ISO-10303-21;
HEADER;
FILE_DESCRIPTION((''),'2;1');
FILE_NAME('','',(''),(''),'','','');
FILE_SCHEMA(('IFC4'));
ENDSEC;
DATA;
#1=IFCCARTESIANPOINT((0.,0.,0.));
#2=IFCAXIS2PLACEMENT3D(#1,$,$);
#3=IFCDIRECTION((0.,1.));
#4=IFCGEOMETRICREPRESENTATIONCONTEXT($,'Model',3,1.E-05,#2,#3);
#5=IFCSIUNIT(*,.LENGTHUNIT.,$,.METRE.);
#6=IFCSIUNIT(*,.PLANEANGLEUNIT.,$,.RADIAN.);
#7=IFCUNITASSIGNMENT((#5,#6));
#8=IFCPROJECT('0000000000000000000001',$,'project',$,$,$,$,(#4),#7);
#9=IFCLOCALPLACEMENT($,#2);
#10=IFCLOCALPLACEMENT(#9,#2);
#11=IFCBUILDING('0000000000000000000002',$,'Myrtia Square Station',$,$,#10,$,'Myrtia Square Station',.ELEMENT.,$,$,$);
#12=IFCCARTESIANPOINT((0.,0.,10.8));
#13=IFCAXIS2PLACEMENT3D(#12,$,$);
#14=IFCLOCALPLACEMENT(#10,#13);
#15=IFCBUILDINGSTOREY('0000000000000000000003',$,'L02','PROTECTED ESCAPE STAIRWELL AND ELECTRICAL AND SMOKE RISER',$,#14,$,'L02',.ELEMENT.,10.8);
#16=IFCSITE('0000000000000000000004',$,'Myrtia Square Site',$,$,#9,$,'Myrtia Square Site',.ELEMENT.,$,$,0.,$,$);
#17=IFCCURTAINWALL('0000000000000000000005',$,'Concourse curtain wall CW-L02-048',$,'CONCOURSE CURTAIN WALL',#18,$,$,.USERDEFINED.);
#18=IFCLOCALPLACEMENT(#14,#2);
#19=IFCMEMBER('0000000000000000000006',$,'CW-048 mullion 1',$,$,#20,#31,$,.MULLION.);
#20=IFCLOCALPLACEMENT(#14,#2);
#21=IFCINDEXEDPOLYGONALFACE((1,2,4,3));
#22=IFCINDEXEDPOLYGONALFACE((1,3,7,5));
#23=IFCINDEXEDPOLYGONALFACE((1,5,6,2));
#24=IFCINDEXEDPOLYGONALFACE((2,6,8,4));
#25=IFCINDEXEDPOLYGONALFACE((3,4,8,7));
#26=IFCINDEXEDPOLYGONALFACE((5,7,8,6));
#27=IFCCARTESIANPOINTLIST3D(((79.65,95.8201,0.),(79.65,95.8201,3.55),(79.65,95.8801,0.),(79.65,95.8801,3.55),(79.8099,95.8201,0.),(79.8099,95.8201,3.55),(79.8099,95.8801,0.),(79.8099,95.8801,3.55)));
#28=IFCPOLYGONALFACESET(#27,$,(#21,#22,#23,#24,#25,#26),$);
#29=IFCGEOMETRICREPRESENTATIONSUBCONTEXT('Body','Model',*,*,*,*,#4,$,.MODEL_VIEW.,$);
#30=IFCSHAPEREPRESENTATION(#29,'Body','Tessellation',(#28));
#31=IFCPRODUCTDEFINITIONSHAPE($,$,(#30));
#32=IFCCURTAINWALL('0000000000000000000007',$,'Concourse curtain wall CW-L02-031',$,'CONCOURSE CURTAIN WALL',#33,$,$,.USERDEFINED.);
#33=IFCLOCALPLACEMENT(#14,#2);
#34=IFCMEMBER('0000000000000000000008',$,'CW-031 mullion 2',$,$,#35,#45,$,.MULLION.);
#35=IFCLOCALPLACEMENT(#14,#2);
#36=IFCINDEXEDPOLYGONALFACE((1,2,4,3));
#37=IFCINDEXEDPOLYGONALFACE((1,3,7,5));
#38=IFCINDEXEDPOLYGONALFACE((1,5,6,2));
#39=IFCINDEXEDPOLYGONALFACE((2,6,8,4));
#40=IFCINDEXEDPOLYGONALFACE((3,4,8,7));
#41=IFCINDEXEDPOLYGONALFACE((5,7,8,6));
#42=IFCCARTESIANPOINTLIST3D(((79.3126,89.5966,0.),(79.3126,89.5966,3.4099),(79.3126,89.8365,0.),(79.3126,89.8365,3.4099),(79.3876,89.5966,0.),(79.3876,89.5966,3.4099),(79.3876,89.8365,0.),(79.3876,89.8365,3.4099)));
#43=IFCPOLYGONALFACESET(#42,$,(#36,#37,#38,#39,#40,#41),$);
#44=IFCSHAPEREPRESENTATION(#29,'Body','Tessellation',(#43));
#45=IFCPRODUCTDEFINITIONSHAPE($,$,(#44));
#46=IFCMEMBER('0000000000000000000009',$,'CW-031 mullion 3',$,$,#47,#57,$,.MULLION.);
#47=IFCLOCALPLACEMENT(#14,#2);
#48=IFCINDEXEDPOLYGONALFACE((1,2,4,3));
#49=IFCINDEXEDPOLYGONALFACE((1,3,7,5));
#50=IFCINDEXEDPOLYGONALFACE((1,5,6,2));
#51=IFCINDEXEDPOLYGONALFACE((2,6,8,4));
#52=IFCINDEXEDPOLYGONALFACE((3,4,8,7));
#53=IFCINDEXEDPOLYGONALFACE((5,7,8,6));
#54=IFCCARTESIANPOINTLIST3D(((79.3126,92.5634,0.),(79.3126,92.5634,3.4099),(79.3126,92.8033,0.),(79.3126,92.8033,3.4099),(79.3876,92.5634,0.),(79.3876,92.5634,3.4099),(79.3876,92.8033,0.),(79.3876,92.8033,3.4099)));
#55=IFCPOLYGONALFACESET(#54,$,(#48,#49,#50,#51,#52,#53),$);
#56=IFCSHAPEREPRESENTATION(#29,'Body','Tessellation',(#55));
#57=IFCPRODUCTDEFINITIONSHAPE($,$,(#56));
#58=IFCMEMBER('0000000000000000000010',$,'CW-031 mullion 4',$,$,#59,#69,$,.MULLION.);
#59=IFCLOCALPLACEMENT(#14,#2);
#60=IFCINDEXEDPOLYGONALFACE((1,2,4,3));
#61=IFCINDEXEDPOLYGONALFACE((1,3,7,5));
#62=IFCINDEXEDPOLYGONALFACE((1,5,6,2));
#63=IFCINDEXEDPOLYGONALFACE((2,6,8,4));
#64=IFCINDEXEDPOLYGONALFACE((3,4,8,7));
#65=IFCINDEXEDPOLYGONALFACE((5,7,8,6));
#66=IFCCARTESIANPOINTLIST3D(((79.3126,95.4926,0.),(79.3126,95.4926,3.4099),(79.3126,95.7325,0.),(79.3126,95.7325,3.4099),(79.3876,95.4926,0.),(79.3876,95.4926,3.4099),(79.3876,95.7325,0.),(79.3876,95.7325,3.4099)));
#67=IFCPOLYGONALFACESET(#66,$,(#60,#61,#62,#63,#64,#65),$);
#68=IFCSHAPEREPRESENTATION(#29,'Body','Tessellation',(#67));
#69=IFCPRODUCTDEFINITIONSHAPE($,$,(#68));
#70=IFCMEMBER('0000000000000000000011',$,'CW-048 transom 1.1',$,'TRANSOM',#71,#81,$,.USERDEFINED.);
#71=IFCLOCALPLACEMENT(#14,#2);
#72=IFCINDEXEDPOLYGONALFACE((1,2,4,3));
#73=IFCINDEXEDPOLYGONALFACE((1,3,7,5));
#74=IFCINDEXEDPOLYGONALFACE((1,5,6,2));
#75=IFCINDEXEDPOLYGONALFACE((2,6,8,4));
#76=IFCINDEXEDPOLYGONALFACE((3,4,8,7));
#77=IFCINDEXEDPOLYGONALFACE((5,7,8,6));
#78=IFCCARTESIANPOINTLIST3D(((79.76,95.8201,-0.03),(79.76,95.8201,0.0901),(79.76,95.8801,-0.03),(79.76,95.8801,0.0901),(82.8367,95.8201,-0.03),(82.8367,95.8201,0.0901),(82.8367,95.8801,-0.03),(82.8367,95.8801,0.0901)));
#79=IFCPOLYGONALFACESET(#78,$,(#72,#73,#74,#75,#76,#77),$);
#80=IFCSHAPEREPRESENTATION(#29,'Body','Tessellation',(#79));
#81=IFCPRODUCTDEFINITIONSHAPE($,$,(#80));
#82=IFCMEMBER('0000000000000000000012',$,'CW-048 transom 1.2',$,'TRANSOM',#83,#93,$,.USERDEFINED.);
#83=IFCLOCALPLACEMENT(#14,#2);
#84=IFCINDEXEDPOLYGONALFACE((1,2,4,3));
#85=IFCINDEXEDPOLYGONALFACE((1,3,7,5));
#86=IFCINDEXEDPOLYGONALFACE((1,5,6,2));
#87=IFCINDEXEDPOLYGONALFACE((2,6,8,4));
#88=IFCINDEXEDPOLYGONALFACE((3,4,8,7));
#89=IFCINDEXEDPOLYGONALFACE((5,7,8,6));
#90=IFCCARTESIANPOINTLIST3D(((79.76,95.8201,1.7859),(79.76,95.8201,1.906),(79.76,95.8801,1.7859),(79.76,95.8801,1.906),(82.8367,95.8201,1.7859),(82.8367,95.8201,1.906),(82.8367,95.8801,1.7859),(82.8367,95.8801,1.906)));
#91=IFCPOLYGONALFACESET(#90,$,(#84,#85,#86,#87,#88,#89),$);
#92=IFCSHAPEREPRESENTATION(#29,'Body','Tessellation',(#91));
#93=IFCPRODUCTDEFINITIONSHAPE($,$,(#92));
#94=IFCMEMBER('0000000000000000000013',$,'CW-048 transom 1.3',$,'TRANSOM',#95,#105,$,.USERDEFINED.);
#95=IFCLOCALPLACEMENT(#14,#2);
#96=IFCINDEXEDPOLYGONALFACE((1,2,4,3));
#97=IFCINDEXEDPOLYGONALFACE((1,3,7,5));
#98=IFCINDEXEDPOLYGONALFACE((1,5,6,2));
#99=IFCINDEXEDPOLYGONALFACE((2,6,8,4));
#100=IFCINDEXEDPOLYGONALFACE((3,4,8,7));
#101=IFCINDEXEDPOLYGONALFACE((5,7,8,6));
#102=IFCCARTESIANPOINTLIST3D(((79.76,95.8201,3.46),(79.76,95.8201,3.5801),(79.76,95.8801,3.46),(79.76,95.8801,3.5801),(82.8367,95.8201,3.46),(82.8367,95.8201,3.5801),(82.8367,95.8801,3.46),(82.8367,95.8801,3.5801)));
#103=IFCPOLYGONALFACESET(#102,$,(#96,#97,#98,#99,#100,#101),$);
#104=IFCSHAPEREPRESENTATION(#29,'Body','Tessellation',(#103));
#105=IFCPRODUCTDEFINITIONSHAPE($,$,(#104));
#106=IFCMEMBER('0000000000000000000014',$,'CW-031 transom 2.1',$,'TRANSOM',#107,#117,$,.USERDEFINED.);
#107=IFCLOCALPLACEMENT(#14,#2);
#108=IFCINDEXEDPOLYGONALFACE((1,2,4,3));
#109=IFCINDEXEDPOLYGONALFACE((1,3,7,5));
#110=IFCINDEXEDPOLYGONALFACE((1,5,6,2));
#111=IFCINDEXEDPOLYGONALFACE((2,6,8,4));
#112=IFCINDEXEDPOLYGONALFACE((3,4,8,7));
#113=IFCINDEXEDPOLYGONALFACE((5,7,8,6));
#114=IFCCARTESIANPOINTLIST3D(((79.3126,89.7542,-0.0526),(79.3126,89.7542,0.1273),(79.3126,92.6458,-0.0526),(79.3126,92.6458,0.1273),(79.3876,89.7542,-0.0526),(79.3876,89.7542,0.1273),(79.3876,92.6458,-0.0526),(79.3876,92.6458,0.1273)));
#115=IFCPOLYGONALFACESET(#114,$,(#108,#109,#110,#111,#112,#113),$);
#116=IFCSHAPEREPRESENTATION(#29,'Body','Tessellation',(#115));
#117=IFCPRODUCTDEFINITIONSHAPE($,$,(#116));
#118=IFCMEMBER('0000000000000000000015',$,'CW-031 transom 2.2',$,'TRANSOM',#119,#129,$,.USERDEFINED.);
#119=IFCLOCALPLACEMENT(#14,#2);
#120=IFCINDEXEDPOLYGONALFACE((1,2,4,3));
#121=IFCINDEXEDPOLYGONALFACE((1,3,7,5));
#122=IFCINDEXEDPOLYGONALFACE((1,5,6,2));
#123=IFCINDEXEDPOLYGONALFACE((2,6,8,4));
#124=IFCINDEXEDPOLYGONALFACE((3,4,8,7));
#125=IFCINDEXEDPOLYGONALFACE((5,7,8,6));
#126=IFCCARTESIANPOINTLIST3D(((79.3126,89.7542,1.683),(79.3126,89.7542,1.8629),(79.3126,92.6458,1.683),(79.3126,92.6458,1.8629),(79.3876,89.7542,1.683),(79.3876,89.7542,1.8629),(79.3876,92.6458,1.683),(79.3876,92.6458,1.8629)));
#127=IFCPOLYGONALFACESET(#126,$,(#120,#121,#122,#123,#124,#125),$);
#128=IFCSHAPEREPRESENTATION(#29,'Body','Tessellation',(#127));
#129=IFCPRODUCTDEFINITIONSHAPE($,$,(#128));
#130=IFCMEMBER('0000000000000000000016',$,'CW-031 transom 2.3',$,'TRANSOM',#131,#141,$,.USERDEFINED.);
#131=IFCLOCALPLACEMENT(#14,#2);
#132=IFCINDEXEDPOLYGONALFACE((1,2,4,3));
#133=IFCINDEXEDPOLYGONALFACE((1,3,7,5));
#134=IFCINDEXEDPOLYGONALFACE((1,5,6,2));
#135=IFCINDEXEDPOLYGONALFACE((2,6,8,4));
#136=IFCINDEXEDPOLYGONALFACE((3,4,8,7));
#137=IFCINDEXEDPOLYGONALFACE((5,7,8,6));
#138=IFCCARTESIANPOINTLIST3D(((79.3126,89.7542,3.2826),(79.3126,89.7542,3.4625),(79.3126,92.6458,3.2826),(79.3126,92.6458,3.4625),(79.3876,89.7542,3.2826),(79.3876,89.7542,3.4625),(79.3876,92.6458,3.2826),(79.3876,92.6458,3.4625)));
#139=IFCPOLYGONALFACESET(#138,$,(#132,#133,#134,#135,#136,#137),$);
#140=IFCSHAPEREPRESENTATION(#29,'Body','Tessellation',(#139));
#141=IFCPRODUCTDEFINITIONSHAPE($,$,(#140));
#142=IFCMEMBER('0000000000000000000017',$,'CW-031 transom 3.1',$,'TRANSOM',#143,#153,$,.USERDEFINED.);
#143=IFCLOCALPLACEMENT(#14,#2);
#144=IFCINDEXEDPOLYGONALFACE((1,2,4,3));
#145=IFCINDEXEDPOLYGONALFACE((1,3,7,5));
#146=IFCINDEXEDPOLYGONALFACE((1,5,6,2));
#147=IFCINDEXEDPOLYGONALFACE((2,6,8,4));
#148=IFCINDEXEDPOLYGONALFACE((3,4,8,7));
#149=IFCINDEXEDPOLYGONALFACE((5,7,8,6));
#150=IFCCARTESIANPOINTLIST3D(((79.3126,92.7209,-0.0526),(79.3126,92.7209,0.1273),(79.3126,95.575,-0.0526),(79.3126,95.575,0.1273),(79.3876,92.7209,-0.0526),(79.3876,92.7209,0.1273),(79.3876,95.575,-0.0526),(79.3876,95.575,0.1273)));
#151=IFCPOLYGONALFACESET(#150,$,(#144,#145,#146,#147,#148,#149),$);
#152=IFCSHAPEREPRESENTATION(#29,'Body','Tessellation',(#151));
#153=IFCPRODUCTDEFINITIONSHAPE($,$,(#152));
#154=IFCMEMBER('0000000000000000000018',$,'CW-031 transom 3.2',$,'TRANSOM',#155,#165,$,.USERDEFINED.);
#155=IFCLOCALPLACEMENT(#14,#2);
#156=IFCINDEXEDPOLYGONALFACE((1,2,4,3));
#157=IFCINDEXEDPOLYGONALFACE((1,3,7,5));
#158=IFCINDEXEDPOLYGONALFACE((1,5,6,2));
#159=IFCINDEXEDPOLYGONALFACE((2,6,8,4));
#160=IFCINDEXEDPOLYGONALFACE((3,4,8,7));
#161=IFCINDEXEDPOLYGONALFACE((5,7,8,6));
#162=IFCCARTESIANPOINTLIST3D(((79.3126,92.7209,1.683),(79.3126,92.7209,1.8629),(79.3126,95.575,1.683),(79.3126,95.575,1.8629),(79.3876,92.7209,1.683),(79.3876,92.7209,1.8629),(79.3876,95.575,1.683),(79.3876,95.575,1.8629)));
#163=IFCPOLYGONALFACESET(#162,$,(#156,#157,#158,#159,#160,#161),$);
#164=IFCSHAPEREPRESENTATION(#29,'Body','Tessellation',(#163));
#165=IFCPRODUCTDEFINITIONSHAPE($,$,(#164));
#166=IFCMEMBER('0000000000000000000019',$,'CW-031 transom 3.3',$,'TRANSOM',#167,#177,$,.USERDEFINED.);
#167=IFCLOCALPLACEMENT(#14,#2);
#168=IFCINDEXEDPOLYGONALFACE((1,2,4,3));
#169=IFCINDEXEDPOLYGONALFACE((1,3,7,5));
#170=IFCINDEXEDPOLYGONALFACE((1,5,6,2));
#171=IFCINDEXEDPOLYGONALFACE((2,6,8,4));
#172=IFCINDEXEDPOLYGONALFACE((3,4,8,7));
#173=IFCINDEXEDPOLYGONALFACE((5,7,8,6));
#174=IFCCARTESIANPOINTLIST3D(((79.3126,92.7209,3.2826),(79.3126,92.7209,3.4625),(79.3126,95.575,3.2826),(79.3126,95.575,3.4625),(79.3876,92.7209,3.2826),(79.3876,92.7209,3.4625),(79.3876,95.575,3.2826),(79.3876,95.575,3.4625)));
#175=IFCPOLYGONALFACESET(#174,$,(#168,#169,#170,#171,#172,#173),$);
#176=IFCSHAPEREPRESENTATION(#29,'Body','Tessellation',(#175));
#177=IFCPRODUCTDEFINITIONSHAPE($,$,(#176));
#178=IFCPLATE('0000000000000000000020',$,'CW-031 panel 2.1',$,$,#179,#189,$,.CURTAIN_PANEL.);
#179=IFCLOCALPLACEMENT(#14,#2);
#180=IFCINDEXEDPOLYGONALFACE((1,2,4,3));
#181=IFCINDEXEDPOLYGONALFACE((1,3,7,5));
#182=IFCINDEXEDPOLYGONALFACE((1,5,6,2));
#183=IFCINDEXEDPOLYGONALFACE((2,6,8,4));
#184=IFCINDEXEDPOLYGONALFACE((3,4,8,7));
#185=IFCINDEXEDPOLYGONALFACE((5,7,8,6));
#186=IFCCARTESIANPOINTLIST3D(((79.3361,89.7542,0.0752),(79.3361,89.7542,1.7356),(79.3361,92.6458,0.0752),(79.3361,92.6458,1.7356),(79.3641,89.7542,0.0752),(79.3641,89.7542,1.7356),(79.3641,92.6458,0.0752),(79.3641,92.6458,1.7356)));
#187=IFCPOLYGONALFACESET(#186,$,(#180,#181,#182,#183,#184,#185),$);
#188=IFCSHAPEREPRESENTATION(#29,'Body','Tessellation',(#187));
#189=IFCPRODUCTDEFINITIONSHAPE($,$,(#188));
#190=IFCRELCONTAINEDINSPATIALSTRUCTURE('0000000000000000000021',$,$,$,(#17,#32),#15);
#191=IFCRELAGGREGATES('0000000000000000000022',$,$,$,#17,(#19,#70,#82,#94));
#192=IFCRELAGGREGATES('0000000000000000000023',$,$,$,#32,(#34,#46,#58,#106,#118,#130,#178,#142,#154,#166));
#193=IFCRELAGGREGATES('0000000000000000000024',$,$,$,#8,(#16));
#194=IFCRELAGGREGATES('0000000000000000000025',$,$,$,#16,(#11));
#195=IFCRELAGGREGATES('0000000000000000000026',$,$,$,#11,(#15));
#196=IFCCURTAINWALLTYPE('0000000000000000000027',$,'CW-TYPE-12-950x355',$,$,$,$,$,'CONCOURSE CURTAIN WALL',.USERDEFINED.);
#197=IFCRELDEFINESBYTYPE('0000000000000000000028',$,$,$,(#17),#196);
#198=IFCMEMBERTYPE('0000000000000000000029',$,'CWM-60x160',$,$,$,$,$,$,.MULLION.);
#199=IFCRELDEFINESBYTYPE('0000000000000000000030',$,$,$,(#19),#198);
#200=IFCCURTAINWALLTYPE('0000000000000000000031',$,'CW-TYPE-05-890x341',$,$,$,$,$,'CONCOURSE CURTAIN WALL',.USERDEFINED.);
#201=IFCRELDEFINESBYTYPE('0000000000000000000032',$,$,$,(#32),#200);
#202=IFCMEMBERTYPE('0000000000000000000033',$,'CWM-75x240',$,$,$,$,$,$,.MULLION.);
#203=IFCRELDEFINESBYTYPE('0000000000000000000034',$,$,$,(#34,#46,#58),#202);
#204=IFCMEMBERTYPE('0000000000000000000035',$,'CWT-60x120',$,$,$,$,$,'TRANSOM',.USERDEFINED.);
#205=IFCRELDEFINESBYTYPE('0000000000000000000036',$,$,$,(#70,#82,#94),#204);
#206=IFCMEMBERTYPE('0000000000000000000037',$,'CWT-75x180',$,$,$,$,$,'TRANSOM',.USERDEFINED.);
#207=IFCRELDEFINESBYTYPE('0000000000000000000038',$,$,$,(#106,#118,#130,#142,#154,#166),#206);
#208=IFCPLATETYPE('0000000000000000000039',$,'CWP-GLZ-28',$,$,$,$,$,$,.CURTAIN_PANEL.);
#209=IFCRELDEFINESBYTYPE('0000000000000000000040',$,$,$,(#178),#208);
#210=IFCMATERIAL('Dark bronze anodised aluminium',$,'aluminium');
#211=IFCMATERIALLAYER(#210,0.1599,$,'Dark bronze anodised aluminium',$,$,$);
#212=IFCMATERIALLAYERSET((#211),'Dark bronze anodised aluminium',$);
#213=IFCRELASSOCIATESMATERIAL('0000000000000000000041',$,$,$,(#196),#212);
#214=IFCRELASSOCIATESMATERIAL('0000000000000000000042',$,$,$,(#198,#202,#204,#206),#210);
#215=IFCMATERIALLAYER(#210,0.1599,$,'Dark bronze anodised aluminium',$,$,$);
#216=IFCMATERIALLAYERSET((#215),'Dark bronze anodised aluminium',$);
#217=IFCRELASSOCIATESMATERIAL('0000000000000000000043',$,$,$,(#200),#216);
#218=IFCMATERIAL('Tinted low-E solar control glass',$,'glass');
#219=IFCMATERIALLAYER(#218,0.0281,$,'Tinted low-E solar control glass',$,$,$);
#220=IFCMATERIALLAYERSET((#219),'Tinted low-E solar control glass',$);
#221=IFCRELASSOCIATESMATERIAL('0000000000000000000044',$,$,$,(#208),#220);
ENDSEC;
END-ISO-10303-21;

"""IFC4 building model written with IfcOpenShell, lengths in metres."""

from ifc_helpers import new_model, si_unit, direction, frame, origin, origin_2d, place, context, subcontext, project, spatial, rectangle, extrude, material, layer, layer_set, material_profile, profile_set, type_object, element, aggregate, save


model = new_model("IFC4")

# Units and contexts
model_context = context("Model", 3, precision=1e-05, world=origin(), true_north=direction((0.0, 1.0)))
body_context = subcontext(model_context, "Body", "Model", "MODEL_VIEW")
ifc_project = project(units=[si_unit("LENGTHUNIT", "METRE"), si_unit("PLANEANGLEUNIT", "RADIAN")], contexts=[model_context])

# Site, building, storey
site_placement = place(None, origin())
site = spatial("IfcSite", under=ifc_project, at=site_placement, Name="Myrtia Square Site", LongName="Myrtia Square Site", CompositionType="ELEMENT", RefElevation=0.0)
building_placement = place(site_placement, origin())
building = spatial("IfcBuilding", under=site, at=building_placement, Name="Myrtia Square Station", LongName="Myrtia Square Station", CompositionType="ELEMENT")
storey_placement = place(building_placement, frame((0.0, 0.0, 10.8)))
storey = spatial("IfcBuildingStorey", under=building, at=storey_placement, Name="L02", Description="PROTECTED ESCAPE STAIRWELL AND ELECTRICAL AND SMOKE RISER", LongName="L02", CompositionType="ELEMENT", Elevation=10.8)

# Curtain wall, member
ifc_material_1 = material(Name="Dark bronze anodised aluminium", Category="aluminium")
ifc_layer_1 = layer(ifc_material_1, 0.1599, Name="Dark bronze anodised aluminium")
ifc_layer_set_1 = layer_set([ifc_layer_1], Name="Dark bronze anodised aluminium")
curtain_wall_type_1 = type_object("IfcCurtainWallType", Name="CW-TYPE-12-950x355", ElementType="CONCOURSE CURTAIN WALL", PredefinedType="USERDEFINED", material=ifc_layer_set_1)
curtain_wall_1_placement = place(storey_placement, origin())
curtain_wall_1 = element("IfcCurtainWall", 1, at=curtain_wall_1_placement, inside=storey, type_object=curtain_wall_type_1, Name="Concourse curtain wall CW-L02-048", ObjectType="CONCOURSE CURTAIN WALL", PredefinedType="USERDEFINED")
ifc_material_profile_1 = material_profile(ifc_material_1, rectangle(XDim=0.0601, YDim=0.1599, at=origin_2d()), Name="ALU-M 60x160")
ifc_profile_set_1 = profile_set([ifc_material_profile_1], Name="Dark bronze anodised aluminium")
member_type_1 = type_object("IfcMemberType", Name="CWM-60x160", PredefinedType="MULLION", material=ifc_profile_set_1)
member_1_placement = place(storey_placement, frame((79.73, 95.8501, 0.0), z_axis=(0.0, 0.0, 1.0), x_axis=(0.0, 1.0, 0.0)))
member_1 = element("IfcMember", 2, at=member_1_placement, type_object=member_type_1, Name="CW-048 mullion 1", PredefinedType="MULLION", context=body_context, shape_type="SweptSolid", body=[
    extrude(rectangle(XDim=0.0601, YDim=0.1599, at=origin_2d()), origin(), (0.0, 0.0, 1.0), 3.55),
])

# Curtain wall, members
ifc_layer_2 = layer(ifc_material_1, 0.1599, Name="Dark bronze anodised aluminium")
ifc_layer_set_2 = layer_set([ifc_layer_2], Name="Dark bronze anodised aluminium")
curtain_wall_type_2 = type_object("IfcCurtainWallType", Name="CW-TYPE-05-890x341", ElementType="CONCOURSE CURTAIN WALL", PredefinedType="USERDEFINED", material=ifc_layer_set_2)
curtain_wall_2_placement = place(storey_placement, origin())
curtain_wall_2 = element("IfcCurtainWall", 3, at=curtain_wall_2_placement, inside=storey, type_object=curtain_wall_type_2, Name="Concourse curtain wall CW-L02-031", ObjectType="CONCOURSE CURTAIN WALL", PredefinedType="USERDEFINED")
ifc_material_profile_2 = material_profile(ifc_material_1, rectangle(XDim=0.075, YDim=0.24, at=origin_2d()), Name="ALU-M 75x240")
ifc_profile_set_2 = profile_set([ifc_material_profile_2], Name="Dark bronze anodised aluminium")
member_type_2 = type_object("IfcMemberType", Name="CWM-75x240", PredefinedType="MULLION", material=ifc_profile_set_2)
member_2_placement = place(storey_placement, frame((79.3501, 89.7166, 0.0), z_axis=(0.0, 0.0, 1.0), x_axis=(-1.0, 0.0, 0.0)))
member_2 = element("IfcMember", 4, at=member_2_placement, type_object=member_type_2, Name="CW-031 mullion 2", PredefinedType="MULLION", context=body_context, shape_type="SweptSolid", body=[
    extrude(rectangle(XDim=0.075, YDim=0.24, at=origin_2d()), origin(), (0.0, 0.0, 1.0), 3.4099),
])
member_3_placement = place(storey_placement, frame((79.3501, 92.6833, 0.0), z_axis=(0.0, 0.0, 1.0), x_axis=(-1.0, 0.0, 0.0)))
member_3 = element("IfcMember", 5, at=member_3_placement, type_object=member_type_2, Name="CW-031 mullion 3", PredefinedType="MULLION", context=body_context, shape_type="SweptSolid", body=[
    extrude(rectangle(XDim=0.075, YDim=0.24, at=origin_2d()), origin(), (0.0, 0.0, 1.0), 3.4099),
])
member_4_placement = place(storey_placement, frame((79.3501, 95.6125, 0.0), z_axis=(0.0, 0.0, 1.0), x_axis=(-1.0, 0.0, 0.0)))
member_4 = element("IfcMember", 6, at=member_4_placement, type_object=member_type_2, Name="CW-031 mullion 4", PredefinedType="MULLION", context=body_context, shape_type="SweptSolid", body=[
    extrude(rectangle(XDim=0.075, YDim=0.24, at=origin_2d()), origin(), (0.0, 0.0, 1.0), 3.4099),
])

# Members
ifc_material_profile_3 = material_profile(ifc_material_1, rectangle(XDim=0.0601, YDim=0.1201, at=origin_2d()), Name="ALU-T 60x120")
ifc_profile_set_3 = profile_set([ifc_material_profile_3], Name="Dark bronze anodised aluminium")
member_type_3 = type_object("IfcMemberType", Name="CWT-60x120", ElementType="TRANSOM", PredefinedType="USERDEFINED", material=ifc_profile_set_3)
member_5_placement = place(storey_placement, frame((79.76, 95.8501, 0.03), z_axis=(1.0, 0.0, 0.0), x_axis=(0.0, 1.0, 0.0)))
member_5 = element("IfcMember", 7, at=member_5_placement, type_object=member_type_3, Name="CW-048 transom 1.1", ObjectType="TRANSOM", PredefinedType="USERDEFINED", context=body_context, shape_type="SweptSolid", body=[
    extrude(rectangle(XDim=0.0601, YDim=0.1201, at=origin_2d()), origin(), (0.0, 0.0, 1.0), 3.0767),
])
member_6_placement = place(storey_placement, frame((79.76, 95.8501, 1.8459), z_axis=(1.0, 0.0, 0.0), x_axis=(0.0, 1.0, 0.0)))
member_6 = element("IfcMember", 8, at=member_6_placement, type_object=member_type_3, Name="CW-048 transom 1.2", ObjectType="TRANSOM", PredefinedType="USERDEFINED", context=body_context, shape_type="SweptSolid", body=[
    extrude(rectangle(XDim=0.0601, YDim=0.1201, at=origin_2d()), origin(), (0.0, 0.0, 1.0), 3.0767),
])
member_7_placement = place(storey_placement, frame((79.76, 95.8501, 3.52), z_axis=(1.0, 0.0, 0.0), x_axis=(0.0, 1.0, 0.0)))
member_7 = element("IfcMember", 9, at=member_7_placement, type_object=member_type_3, Name="CW-048 transom 1.3", ObjectType="TRANSOM", PredefinedType="USERDEFINED", context=body_context, shape_type="SweptSolid", body=[
    extrude(rectangle(XDim=0.0601, YDim=0.1201, at=origin_2d()), origin(), (0.0, 0.0, 1.0), 3.0767),
])
aggregate(curtain_wall_1, [member_1, member_5, member_6, member_7])
ifc_material_profile_4 = material_profile(ifc_material_1, rectangle(XDim=0.075, YDim=0.1799, at=origin_2d()), Name="ALU-T 75x180")
ifc_profile_set_4 = profile_set([ifc_material_profile_4], Name="Dark bronze anodised aluminium")
member_type_4 = type_object("IfcMemberType", Name="CWT-75x180", ElementType="TRANSOM", PredefinedType="USERDEFINED", material=ifc_profile_set_4)
member_8_placement = place(storey_placement, frame((79.3501, 89.7542, 0.0374), z_axis=(0.0, 1.0, 0.0), x_axis=(-1.0, 0.0, 0.0)))
member_8 = element("IfcMember", 10, at=member_8_placement, type_object=member_type_4, Name="CW-031 transom 2.1", ObjectType="TRANSOM", PredefinedType="USERDEFINED", context=body_context, shape_type="SweptSolid", body=[
    extrude(rectangle(XDim=0.075, YDim=0.1799, at=origin_2d()), origin(), (0.0, 0.0, 1.0), 2.8916),
])
member_9_placement = place(storey_placement, frame((79.3501, 89.7542, 1.7729), z_axis=(0.0, 1.0, 0.0), x_axis=(-1.0, 0.0, 0.0)))
member_9 = element("IfcMember", 11, at=member_9_placement, type_object=member_type_4, Name="CW-031 transom 2.2", ObjectType="TRANSOM", PredefinedType="USERDEFINED", context=body_context, shape_type="SweptSolid", body=[
    extrude(rectangle(XDim=0.075, YDim=0.1799, at=origin_2d()), origin(), (0.0, 0.0, 1.0), 2.8916),
])
member_10_placement = place(storey_placement, frame((79.3501, 89.7542, 3.3726), z_axis=(0.0, 1.0, 0.0), x_axis=(-1.0, 0.0, 0.0)))
member_10 = element("IfcMember", 12, at=member_10_placement, type_object=member_type_4, Name="CW-031 transom 2.3", ObjectType="TRANSOM", PredefinedType="USERDEFINED", context=body_context, shape_type="SweptSolid", body=[
    extrude(rectangle(XDim=0.075, YDim=0.1799, at=origin_2d()), origin(), (0.0, 0.0, 1.0), 2.8916),
])
member_11_placement = place(storey_placement, frame((79.3501, 92.7209, 0.0374), z_axis=(0.0, 1.0, 0.0), x_axis=(-1.0, 0.0, 0.0)))
member_11 = element("IfcMember", 13, at=member_11_placement, type_object=member_type_4, Name="CW-031 transom 3.1", ObjectType="TRANSOM", PredefinedType="USERDEFINED", context=body_context, shape_type="SweptSolid", body=[
    extrude(rectangle(XDim=0.075, YDim=0.1799, at=origin_2d()), origin(), (0.0, 0.0, 1.0), 2.854),
])
member_12_placement = place(storey_placement, frame((79.3501, 92.7209, 1.7729), z_axis=(0.0, 1.0, 0.0), x_axis=(-1.0, 0.0, 0.0)))
member_12 = element("IfcMember", 14, at=member_12_placement, type_object=member_type_4, Name="CW-031 transom 3.2", ObjectType="TRANSOM", PredefinedType="USERDEFINED", context=body_context, shape_type="SweptSolid", body=[
    extrude(rectangle(XDim=0.075, YDim=0.1799, at=origin_2d()), origin(), (0.0, 0.0, 1.0), 2.854),
])
member_13_placement = place(storey_placement, frame((79.3501, 92.7209, 3.3726), z_axis=(0.0, 1.0, 0.0), x_axis=(-1.0, 0.0, 0.0)))
member_13 = element("IfcMember", 15, at=member_13_placement, type_object=member_type_4, Name="CW-031 transom 3.3", ObjectType="TRANSOM", PredefinedType="USERDEFINED", context=body_context, shape_type="SweptSolid", body=[
    extrude(rectangle(XDim=0.075, YDim=0.1799, at=origin_2d()), origin(), (0.0, 0.0, 1.0), 2.854),
])

# Plate
ifc_material_2 = material(Name="Tinted low-E solar control glass", Category="glass")
ifc_layer_3 = layer(ifc_material_2, 0.0281, Name="Tinted low-E solar control glass")
ifc_layer_set_3 = layer_set([ifc_layer_3], Name="Tinted low-E solar control glass")
plate_type = type_object("IfcPlateType", Name="CWP-GLZ-28", PredefinedType="CURTAIN_PANEL", material=ifc_layer_set_3)
plate_1_placement = place(storey_placement, frame((79.3501, 91.2, 0.0752), z_axis=(0.0, 0.0, 1.0), x_axis=(0.0, 1.0, 0.0)))
plate_1 = element("IfcPlate", 16, at=plate_1_placement, type_object=plate_type, Name="CW-031 panel 2.1", PredefinedType="CURTAIN_PANEL", context=body_context, shape_type="SweptSolid", body=[
    extrude(rectangle(XDim=2.8916, YDim=0.0281, at=origin_2d()), origin(), (0.0, 0.0, 1.0), 1.6604),
])
aggregate(curtain_wall_2, [member_2, member_3, member_4, member_8, member_9, member_10, plate_1, member_11, member_12, member_13])

save(model, "model.ifc")
